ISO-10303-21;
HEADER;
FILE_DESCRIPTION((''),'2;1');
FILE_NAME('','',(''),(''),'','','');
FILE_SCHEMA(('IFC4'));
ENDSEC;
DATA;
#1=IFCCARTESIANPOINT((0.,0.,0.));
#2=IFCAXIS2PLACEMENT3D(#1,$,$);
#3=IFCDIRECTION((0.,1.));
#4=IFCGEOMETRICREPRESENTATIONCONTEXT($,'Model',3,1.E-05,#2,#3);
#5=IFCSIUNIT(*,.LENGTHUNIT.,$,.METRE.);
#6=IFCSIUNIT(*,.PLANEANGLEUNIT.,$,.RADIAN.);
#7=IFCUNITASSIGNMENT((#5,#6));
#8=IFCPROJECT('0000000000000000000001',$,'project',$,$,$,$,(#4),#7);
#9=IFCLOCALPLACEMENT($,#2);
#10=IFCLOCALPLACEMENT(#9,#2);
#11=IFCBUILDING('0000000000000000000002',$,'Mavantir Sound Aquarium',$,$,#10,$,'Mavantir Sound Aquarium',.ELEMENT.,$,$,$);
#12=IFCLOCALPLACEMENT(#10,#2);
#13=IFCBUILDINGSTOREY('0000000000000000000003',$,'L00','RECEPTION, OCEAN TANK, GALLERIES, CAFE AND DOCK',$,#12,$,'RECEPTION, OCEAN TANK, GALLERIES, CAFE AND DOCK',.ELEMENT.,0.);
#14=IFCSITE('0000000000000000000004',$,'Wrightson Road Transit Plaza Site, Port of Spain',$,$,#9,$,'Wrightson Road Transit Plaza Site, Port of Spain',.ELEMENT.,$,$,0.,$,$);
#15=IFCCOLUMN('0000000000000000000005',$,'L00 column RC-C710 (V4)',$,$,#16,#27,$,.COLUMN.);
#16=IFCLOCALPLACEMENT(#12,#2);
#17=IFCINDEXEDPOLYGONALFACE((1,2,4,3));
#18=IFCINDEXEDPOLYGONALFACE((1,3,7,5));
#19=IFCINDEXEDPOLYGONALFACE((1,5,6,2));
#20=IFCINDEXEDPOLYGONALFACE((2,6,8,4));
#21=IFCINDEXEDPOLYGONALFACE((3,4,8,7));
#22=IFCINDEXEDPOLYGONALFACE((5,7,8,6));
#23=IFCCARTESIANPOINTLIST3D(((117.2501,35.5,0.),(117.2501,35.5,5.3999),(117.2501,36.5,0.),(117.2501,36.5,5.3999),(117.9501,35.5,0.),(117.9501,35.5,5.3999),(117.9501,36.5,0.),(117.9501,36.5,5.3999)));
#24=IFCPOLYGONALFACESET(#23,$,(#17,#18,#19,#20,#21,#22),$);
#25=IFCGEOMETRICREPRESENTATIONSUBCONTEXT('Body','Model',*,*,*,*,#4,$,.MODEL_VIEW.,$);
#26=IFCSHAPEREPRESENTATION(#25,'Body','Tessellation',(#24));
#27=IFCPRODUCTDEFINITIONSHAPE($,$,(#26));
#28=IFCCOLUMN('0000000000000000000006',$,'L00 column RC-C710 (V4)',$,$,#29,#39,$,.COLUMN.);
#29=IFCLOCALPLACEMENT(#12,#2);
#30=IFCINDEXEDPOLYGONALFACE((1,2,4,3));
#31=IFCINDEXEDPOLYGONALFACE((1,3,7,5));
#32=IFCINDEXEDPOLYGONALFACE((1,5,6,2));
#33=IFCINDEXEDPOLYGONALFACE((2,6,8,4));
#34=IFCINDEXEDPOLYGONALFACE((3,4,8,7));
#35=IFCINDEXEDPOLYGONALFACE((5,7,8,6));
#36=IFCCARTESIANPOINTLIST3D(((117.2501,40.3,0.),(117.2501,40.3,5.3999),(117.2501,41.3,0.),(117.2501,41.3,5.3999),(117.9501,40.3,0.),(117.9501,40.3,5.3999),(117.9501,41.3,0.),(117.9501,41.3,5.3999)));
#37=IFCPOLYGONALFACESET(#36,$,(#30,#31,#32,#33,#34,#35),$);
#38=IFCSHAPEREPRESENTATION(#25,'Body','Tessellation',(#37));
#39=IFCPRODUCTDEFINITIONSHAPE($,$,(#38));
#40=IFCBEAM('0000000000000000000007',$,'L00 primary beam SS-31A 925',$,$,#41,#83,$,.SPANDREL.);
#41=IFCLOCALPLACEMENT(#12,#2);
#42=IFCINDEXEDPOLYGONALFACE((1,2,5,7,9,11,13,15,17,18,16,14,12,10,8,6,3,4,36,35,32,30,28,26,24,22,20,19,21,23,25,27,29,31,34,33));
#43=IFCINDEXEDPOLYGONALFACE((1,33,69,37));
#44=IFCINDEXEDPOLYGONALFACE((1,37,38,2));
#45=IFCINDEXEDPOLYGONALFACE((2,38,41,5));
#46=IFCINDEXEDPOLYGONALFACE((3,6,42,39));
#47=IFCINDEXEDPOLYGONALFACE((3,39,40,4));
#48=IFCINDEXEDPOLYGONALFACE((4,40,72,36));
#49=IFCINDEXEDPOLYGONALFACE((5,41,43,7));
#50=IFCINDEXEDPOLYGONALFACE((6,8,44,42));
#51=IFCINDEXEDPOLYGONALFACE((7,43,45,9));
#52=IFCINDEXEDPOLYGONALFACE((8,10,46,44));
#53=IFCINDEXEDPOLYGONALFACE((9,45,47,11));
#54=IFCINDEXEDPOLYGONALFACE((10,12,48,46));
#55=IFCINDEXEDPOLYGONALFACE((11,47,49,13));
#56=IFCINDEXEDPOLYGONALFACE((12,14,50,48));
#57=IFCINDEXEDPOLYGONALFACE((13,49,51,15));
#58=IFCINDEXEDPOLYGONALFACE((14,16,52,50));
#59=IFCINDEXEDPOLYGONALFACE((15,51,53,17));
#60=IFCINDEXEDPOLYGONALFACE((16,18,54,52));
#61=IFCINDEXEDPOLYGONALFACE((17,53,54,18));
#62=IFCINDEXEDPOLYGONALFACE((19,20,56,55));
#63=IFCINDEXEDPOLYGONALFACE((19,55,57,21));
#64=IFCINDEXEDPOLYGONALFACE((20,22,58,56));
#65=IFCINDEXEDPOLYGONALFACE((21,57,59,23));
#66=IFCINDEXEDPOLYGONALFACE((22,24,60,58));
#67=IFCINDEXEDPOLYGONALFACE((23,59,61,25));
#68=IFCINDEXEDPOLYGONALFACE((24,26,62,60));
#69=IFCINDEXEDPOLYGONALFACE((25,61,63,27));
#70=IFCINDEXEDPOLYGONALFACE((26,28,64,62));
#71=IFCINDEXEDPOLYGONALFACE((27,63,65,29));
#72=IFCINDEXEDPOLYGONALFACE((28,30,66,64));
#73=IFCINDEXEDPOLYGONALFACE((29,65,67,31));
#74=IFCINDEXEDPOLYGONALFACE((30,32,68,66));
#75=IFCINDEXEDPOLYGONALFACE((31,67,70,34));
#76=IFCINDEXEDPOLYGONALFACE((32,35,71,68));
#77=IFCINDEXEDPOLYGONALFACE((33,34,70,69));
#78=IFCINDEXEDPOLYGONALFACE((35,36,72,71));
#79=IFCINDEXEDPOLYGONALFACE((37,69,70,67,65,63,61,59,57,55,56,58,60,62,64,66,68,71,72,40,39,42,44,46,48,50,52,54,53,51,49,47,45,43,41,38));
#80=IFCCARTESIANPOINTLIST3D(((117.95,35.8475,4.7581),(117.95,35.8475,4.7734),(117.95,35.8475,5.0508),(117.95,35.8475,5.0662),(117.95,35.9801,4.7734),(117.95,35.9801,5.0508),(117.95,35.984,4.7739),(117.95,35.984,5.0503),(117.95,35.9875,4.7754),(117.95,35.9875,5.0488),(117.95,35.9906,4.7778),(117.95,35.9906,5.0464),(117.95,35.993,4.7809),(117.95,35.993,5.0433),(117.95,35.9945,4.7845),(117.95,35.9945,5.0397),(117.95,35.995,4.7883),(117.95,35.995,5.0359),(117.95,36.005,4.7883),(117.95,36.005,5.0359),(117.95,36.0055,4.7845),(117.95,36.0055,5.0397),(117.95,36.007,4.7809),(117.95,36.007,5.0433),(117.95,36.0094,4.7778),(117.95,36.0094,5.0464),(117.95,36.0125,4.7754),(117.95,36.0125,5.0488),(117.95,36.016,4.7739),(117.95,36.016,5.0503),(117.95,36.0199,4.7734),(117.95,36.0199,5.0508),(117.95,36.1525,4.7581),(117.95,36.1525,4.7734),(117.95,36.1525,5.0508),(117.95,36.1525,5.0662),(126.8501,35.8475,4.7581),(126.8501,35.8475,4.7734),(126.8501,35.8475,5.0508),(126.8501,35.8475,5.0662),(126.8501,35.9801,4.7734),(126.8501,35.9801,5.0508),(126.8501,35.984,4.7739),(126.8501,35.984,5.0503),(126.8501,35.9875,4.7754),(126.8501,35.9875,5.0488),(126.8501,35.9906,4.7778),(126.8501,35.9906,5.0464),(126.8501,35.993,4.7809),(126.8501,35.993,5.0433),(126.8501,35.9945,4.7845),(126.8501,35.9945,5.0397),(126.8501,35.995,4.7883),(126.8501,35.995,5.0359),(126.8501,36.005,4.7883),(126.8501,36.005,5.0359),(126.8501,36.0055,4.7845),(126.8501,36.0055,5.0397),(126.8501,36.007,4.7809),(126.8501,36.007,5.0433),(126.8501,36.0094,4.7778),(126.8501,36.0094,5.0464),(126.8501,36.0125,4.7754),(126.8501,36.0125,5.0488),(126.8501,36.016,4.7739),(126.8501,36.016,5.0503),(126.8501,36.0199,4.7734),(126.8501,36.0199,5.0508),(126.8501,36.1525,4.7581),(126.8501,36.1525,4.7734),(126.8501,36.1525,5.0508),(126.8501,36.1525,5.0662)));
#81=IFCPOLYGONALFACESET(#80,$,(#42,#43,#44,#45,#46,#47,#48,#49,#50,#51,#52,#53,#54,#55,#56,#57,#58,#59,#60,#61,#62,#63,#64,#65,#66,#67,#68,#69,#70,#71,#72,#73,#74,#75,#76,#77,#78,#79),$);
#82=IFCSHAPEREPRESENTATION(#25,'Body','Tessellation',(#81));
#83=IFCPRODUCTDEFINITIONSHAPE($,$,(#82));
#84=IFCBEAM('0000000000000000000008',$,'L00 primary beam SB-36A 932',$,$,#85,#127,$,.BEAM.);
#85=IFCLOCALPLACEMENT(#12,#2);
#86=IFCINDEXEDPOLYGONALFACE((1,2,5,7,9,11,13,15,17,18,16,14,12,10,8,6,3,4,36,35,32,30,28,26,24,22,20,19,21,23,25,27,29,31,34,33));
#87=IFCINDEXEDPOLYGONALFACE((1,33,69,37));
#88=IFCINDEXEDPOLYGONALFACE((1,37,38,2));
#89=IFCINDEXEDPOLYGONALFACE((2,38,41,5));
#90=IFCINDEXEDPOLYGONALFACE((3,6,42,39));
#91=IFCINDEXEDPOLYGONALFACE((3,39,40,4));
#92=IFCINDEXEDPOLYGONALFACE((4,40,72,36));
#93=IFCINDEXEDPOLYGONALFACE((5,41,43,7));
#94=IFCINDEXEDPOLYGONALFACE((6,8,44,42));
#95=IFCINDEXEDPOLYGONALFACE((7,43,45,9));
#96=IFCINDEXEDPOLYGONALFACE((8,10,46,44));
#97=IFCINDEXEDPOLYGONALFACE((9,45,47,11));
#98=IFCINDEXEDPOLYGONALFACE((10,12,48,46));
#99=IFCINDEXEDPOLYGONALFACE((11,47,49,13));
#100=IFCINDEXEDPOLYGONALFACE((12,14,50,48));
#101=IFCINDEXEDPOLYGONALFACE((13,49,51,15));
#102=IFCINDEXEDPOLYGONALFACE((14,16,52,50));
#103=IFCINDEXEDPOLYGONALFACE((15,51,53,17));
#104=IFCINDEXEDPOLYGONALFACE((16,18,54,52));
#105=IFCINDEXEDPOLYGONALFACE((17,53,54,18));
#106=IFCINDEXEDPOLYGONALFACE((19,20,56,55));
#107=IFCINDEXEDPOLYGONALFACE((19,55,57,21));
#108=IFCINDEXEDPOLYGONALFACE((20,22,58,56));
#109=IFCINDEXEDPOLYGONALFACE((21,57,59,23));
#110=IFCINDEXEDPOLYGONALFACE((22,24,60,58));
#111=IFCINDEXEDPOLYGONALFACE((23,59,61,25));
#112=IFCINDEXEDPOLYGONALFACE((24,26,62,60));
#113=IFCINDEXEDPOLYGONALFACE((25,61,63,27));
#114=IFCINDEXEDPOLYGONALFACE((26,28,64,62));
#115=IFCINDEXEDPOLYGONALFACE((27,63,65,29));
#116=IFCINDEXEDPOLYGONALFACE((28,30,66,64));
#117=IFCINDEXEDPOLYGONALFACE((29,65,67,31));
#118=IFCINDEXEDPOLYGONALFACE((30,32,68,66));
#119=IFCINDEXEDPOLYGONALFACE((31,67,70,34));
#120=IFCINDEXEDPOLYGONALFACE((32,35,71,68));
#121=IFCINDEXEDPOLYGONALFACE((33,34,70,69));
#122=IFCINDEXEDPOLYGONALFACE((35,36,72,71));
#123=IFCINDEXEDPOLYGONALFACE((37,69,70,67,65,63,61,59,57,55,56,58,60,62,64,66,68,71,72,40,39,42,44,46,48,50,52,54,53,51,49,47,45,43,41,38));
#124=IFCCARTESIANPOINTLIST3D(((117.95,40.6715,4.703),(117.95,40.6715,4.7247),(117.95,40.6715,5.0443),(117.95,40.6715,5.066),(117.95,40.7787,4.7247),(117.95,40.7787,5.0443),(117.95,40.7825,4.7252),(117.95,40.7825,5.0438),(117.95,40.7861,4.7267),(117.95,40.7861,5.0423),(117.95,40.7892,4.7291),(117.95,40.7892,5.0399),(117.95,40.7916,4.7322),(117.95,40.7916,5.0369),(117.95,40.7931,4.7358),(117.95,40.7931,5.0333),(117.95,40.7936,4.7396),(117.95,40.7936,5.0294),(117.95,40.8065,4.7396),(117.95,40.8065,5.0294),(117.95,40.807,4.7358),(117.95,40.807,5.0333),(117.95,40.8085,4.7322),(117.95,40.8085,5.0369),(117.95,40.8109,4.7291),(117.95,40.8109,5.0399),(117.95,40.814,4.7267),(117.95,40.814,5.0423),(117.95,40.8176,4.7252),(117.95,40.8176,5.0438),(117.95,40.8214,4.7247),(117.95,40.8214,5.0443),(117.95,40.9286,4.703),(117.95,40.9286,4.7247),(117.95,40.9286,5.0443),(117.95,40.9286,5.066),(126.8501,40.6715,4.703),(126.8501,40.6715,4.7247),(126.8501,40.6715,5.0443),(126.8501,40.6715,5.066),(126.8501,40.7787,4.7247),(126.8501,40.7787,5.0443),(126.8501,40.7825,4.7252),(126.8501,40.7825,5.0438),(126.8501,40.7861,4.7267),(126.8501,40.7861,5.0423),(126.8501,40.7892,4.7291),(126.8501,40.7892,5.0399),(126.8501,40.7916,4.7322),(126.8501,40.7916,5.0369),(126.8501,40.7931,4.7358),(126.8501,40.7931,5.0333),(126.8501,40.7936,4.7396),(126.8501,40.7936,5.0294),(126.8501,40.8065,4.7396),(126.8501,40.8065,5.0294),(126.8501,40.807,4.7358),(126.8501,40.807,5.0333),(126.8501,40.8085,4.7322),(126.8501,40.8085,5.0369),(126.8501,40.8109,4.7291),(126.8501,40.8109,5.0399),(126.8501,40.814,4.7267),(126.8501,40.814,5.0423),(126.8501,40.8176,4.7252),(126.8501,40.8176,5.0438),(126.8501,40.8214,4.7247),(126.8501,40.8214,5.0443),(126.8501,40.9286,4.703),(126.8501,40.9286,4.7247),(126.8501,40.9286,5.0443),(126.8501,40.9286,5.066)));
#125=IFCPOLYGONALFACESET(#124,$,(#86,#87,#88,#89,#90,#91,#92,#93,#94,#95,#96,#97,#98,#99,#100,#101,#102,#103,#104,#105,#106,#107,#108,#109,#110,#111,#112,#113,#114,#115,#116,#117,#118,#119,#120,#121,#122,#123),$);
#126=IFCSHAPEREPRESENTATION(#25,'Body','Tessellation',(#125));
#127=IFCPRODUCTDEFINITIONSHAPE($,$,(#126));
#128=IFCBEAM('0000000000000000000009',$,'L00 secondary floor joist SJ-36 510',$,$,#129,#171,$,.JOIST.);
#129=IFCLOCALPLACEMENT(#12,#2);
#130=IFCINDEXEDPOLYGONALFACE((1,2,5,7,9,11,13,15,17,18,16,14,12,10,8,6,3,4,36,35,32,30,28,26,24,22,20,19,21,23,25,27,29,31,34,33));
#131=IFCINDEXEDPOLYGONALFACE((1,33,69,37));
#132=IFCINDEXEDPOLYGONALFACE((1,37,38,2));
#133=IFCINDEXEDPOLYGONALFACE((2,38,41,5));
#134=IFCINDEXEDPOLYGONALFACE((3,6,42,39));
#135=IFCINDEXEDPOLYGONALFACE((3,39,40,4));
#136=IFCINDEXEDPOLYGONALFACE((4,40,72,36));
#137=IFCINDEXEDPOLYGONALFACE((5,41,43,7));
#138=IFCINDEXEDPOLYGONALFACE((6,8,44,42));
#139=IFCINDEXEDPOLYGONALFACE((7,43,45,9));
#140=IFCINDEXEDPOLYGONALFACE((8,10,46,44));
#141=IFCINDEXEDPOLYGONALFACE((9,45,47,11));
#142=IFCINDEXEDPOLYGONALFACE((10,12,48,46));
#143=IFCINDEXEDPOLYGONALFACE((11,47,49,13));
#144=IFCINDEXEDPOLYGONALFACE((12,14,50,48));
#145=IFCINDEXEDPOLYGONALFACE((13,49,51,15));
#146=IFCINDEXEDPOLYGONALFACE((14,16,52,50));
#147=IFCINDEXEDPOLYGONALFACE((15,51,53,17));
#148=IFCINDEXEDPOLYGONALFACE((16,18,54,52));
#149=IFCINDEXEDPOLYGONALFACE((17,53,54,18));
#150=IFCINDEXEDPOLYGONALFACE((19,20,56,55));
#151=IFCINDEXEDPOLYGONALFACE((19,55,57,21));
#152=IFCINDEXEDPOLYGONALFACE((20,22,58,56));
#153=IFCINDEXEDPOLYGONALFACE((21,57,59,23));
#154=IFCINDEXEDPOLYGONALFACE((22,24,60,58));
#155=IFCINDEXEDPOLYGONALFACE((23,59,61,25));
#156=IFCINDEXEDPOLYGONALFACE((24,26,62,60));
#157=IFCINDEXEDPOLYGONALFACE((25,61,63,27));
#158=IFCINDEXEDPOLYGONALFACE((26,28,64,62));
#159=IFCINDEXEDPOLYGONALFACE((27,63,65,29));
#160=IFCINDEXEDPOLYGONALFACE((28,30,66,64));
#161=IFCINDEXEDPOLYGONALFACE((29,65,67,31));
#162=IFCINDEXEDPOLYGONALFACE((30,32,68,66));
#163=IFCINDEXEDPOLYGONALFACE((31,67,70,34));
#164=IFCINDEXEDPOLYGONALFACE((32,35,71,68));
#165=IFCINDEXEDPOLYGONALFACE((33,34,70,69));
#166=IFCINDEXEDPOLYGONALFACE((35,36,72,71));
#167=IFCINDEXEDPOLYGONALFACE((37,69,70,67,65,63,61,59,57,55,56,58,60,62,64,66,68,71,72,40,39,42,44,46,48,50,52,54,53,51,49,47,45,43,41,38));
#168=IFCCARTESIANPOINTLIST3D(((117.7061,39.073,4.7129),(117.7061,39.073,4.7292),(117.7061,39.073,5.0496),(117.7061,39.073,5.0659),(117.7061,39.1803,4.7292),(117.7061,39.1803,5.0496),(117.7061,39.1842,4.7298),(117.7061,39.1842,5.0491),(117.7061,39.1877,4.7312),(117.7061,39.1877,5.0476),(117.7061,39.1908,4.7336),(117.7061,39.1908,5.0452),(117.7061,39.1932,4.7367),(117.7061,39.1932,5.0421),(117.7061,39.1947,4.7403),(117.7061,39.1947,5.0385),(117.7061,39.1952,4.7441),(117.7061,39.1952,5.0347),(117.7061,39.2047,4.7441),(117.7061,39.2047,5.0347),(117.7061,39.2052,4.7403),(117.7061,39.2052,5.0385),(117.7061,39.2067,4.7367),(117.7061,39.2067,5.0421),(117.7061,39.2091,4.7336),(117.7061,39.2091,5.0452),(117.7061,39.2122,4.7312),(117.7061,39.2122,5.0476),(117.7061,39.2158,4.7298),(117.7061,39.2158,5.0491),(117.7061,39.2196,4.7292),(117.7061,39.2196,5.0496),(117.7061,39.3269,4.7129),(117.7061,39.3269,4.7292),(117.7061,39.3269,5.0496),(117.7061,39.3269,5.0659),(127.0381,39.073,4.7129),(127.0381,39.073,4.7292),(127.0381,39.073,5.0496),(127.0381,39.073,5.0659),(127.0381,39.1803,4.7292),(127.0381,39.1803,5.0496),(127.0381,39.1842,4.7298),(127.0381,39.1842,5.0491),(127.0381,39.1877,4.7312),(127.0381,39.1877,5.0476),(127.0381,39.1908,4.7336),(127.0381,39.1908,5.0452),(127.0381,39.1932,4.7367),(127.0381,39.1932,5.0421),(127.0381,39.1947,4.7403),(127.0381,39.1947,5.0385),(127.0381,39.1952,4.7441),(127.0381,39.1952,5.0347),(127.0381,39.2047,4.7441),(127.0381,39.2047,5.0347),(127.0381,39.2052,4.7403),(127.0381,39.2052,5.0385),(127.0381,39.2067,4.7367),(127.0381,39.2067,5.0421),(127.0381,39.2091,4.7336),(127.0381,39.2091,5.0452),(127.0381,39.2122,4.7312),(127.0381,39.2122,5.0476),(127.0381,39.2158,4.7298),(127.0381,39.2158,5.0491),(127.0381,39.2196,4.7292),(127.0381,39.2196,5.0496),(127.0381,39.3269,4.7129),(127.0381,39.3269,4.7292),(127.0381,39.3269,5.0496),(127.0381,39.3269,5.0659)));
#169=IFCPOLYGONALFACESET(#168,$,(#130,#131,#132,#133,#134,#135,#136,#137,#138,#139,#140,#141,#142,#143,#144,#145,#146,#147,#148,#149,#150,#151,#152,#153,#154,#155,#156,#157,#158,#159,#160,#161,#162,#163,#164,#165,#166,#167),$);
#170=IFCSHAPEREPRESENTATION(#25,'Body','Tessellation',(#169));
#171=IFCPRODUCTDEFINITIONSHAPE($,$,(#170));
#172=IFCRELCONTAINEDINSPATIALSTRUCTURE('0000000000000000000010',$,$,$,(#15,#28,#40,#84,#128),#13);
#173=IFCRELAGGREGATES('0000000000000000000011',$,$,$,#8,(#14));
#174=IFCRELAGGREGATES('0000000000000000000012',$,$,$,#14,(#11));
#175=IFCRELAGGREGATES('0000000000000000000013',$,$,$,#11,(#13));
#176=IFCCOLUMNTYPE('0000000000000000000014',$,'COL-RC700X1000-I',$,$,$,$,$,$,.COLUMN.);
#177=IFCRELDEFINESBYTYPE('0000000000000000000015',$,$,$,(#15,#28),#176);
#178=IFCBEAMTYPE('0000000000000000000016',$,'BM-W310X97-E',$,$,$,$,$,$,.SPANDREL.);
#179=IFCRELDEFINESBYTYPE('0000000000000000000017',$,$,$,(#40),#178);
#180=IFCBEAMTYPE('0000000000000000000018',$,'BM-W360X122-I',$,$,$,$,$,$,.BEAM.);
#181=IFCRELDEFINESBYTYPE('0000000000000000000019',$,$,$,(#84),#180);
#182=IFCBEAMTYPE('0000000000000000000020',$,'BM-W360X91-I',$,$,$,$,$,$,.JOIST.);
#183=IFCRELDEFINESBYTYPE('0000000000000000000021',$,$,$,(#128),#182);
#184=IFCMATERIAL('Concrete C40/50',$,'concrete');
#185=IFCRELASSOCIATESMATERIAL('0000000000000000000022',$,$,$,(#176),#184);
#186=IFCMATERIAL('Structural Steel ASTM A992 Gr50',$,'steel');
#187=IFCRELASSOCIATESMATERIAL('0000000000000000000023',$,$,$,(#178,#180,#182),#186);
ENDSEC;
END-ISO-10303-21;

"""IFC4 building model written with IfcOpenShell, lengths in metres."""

from ifc_helpers import new_model, si_unit, direction, frame, origin, origin_2d, place, context, subcontext, project, spatial, rectangle, i_section, extrude, material, material_profile, profile_set, type_object, element, save


model = new_model("IFC4")

# Units and contexts
model_context = context("Model", 3, precision=1e-05, world=origin(), true_north=direction((0.0, 1.0)))
body_context = subcontext(model_context, "Body", "Model", "MODEL_VIEW")
ifc_project = project(units=[si_unit("LENGTHUNIT", "METRE"), si_unit("PLANEANGLEUNIT", "RADIAN")], contexts=[model_context])

# Site, building, storey
site_placement = place(None, origin())
site = spatial("IfcSite", under=ifc_project, at=site_placement, Name="Wrightson Road Transit Plaza Site, Port of Spain", LongName="Wrightson Road Transit Plaza Site, Port of Spain", CompositionType="ELEMENT", RefElevation=0.0)
building_placement = place(site_placement, origin())
building = spatial("IfcBuilding", under=site, at=building_placement, Name="Mavantir Sound Aquarium", LongName="Mavantir Sound Aquarium", CompositionType="ELEMENT")
storey_placement = place(building_placement, origin())
storey = spatial("IfcBuildingStorey", under=building, at=storey_placement, Name="L00", Description="RECEPTION, OCEAN TANK, GALLERIES, CAFE AND DOCK", LongName="RECEPTION, OCEAN TANK, GALLERIES, CAFE AND DOCK", CompositionType="ELEMENT", Elevation=0.0)

# Columns
ifc_material_1 = material(Name="Concrete C40/50", Category="concrete")
ifc_material_profile_1 = material_profile(ifc_material_1, rectangle(XDim=0.7, YDim=1.0, at=origin_2d()), Name="RC 700X1000")
ifc_profile_set_1 = profile_set([ifc_material_profile_1], Name="Concrete C40/50")
column_type = type_object("IfcColumnType", Name="COL-RC700X1000-I", PredefinedType="COLUMN", material=ifc_profile_set_1)
for number, where, z_axis, x_axis, name in (
    (1, (117.6001, 36.0, 0.0), (0.0, 0.0, 1.0), (1.0, 0.0, 0.0), "L00 column RC-C710 (V4)"),
    (2, (117.6001, 40.8, 0.0), (0.0, 0.0, 1.0), (1.0, 0.0, 0.0), "L00 column RC-C710 (V4)"),
):
    element("IfcColumn", number, at=place(storey_placement, frame(where, z_axis=z_axis, x_axis=x_axis)), inside=storey, type_object=column_type, Name=name, PredefinedType="COLUMN", context=body_context, shape_type="SweptSolid", body=[
        extrude(rectangle(XDim=0.7, YDim=1.0, at=origin_2d()), origin(), (0.0, 0.0, 1.0), 5.3999),
    ])

# Beams
ifc_material_2 = material(Name="Structural Steel ASTM A992 Gr50", Category="steel")
ifc_material_profile_2 = material_profile(ifc_material_2, i_section(OverallWidth=0.3049, OverallDepth=0.3081, WebThickness=0.01, FlangeThickness=0.0154, FilletRadius=0.0149, at=origin_2d()), Name="W310X97")
ifc_profile_set_2 = profile_set([ifc_material_profile_2], Name="Structural Steel ASTM A992 Gr50")
beam_type_1 = type_object("IfcBeamType", Name="BM-W310X97-E", PredefinedType="SPANDREL", material=ifc_profile_set_2)
beam_1_placement = place(storey_placement, frame((117.95, 36.0, 4.9121), z_axis=(1.0, 0.0, 0.0), x_axis=(0.0, 1.0, 0.0)))
element("IfcBeam", 3, at=beam_1_placement, inside=storey, type_object=beam_type_1, Name="L00 primary beam SS-31A 925", PredefinedType="SPANDREL", context=body_context, shape_type="SweptSolid", body=[
    extrude(i_section(OverallWidth=0.3049, OverallDepth=0.3081, WebThickness=0.01, FlangeThickness=0.0154, FilletRadius=0.0149, at=origin_2d()), origin(), (0.0, 0.0, 1.0), 8.9001),
])
ifc_material_profile_3 = material_profile(ifc_material_2, i_section(OverallWidth=0.2571, OverallDepth=0.363, WebThickness=0.0129, FlangeThickness=0.0217, FilletRadius=0.0149, at=origin_2d()), Name="W360X122")
ifc_profile_set_3 = profile_set([ifc_material_profile_3], Name="Structural Steel ASTM A992 Gr50")
beam_type_2 = type_object("IfcBeamType", Name="BM-W360X122-I", PredefinedType="BEAM", material=ifc_profile_set_3)
beam_2_placement = place(storey_placement, frame((117.95, 40.8, 4.8845), z_axis=(1.0, 0.0, 0.0), x_axis=(0.0, 1.0, 0.0)))
element("IfcBeam", 4, at=beam_2_placement, inside=storey, type_object=beam_type_2, Name="L00 primary beam SB-36A 932", PredefinedType="BEAM", context=body_context, shape_type="SweptSolid", body=[
    extrude(i_section(OverallWidth=0.2571, OverallDepth=0.363, WebThickness=0.0129, FlangeThickness=0.0217, FilletRadius=0.0149, at=origin_2d()), origin(), (0.0, 0.0, 1.0), 8.9001),
])
ifc_material_profile_4 = material_profile(ifc_material_2, i_section(OverallWidth=0.2539, OverallDepth=0.353, WebThickness=0.0095, FlangeThickness=0.0164, FilletRadius=0.0149, at=origin_2d()), Name="W360X91")
ifc_profile_set_4 = profile_set([ifc_material_profile_4], Name="Structural Steel ASTM A992 Gr50")
beam_type_3 = type_object("IfcBeamType", Name="BM-W360X91-I", PredefinedType="JOIST", material=ifc_profile_set_4)
beam_3_placement = place(storey_placement, frame((117.7061, 39.2, 4.8894), z_axis=(1.0, 0.0, 0.0), x_axis=(0.0, 1.0, 0.0)))
element("IfcBeam", 5, at=beam_3_placement, inside=storey, type_object=beam_type_3, Name="L00 secondary floor joist SJ-36 510", PredefinedType="JOIST", context=body_context, shape_type="SweptSolid", body=[
    extrude(i_section(OverallWidth=0.2539, OverallDepth=0.353, WebThickness=0.0095, FlangeThickness=0.0164, FilletRadius=0.0149, at=origin_2d()), origin(), (0.0, 0.0, 1.0), 9.332),
])

save(model, "model.ifc")
